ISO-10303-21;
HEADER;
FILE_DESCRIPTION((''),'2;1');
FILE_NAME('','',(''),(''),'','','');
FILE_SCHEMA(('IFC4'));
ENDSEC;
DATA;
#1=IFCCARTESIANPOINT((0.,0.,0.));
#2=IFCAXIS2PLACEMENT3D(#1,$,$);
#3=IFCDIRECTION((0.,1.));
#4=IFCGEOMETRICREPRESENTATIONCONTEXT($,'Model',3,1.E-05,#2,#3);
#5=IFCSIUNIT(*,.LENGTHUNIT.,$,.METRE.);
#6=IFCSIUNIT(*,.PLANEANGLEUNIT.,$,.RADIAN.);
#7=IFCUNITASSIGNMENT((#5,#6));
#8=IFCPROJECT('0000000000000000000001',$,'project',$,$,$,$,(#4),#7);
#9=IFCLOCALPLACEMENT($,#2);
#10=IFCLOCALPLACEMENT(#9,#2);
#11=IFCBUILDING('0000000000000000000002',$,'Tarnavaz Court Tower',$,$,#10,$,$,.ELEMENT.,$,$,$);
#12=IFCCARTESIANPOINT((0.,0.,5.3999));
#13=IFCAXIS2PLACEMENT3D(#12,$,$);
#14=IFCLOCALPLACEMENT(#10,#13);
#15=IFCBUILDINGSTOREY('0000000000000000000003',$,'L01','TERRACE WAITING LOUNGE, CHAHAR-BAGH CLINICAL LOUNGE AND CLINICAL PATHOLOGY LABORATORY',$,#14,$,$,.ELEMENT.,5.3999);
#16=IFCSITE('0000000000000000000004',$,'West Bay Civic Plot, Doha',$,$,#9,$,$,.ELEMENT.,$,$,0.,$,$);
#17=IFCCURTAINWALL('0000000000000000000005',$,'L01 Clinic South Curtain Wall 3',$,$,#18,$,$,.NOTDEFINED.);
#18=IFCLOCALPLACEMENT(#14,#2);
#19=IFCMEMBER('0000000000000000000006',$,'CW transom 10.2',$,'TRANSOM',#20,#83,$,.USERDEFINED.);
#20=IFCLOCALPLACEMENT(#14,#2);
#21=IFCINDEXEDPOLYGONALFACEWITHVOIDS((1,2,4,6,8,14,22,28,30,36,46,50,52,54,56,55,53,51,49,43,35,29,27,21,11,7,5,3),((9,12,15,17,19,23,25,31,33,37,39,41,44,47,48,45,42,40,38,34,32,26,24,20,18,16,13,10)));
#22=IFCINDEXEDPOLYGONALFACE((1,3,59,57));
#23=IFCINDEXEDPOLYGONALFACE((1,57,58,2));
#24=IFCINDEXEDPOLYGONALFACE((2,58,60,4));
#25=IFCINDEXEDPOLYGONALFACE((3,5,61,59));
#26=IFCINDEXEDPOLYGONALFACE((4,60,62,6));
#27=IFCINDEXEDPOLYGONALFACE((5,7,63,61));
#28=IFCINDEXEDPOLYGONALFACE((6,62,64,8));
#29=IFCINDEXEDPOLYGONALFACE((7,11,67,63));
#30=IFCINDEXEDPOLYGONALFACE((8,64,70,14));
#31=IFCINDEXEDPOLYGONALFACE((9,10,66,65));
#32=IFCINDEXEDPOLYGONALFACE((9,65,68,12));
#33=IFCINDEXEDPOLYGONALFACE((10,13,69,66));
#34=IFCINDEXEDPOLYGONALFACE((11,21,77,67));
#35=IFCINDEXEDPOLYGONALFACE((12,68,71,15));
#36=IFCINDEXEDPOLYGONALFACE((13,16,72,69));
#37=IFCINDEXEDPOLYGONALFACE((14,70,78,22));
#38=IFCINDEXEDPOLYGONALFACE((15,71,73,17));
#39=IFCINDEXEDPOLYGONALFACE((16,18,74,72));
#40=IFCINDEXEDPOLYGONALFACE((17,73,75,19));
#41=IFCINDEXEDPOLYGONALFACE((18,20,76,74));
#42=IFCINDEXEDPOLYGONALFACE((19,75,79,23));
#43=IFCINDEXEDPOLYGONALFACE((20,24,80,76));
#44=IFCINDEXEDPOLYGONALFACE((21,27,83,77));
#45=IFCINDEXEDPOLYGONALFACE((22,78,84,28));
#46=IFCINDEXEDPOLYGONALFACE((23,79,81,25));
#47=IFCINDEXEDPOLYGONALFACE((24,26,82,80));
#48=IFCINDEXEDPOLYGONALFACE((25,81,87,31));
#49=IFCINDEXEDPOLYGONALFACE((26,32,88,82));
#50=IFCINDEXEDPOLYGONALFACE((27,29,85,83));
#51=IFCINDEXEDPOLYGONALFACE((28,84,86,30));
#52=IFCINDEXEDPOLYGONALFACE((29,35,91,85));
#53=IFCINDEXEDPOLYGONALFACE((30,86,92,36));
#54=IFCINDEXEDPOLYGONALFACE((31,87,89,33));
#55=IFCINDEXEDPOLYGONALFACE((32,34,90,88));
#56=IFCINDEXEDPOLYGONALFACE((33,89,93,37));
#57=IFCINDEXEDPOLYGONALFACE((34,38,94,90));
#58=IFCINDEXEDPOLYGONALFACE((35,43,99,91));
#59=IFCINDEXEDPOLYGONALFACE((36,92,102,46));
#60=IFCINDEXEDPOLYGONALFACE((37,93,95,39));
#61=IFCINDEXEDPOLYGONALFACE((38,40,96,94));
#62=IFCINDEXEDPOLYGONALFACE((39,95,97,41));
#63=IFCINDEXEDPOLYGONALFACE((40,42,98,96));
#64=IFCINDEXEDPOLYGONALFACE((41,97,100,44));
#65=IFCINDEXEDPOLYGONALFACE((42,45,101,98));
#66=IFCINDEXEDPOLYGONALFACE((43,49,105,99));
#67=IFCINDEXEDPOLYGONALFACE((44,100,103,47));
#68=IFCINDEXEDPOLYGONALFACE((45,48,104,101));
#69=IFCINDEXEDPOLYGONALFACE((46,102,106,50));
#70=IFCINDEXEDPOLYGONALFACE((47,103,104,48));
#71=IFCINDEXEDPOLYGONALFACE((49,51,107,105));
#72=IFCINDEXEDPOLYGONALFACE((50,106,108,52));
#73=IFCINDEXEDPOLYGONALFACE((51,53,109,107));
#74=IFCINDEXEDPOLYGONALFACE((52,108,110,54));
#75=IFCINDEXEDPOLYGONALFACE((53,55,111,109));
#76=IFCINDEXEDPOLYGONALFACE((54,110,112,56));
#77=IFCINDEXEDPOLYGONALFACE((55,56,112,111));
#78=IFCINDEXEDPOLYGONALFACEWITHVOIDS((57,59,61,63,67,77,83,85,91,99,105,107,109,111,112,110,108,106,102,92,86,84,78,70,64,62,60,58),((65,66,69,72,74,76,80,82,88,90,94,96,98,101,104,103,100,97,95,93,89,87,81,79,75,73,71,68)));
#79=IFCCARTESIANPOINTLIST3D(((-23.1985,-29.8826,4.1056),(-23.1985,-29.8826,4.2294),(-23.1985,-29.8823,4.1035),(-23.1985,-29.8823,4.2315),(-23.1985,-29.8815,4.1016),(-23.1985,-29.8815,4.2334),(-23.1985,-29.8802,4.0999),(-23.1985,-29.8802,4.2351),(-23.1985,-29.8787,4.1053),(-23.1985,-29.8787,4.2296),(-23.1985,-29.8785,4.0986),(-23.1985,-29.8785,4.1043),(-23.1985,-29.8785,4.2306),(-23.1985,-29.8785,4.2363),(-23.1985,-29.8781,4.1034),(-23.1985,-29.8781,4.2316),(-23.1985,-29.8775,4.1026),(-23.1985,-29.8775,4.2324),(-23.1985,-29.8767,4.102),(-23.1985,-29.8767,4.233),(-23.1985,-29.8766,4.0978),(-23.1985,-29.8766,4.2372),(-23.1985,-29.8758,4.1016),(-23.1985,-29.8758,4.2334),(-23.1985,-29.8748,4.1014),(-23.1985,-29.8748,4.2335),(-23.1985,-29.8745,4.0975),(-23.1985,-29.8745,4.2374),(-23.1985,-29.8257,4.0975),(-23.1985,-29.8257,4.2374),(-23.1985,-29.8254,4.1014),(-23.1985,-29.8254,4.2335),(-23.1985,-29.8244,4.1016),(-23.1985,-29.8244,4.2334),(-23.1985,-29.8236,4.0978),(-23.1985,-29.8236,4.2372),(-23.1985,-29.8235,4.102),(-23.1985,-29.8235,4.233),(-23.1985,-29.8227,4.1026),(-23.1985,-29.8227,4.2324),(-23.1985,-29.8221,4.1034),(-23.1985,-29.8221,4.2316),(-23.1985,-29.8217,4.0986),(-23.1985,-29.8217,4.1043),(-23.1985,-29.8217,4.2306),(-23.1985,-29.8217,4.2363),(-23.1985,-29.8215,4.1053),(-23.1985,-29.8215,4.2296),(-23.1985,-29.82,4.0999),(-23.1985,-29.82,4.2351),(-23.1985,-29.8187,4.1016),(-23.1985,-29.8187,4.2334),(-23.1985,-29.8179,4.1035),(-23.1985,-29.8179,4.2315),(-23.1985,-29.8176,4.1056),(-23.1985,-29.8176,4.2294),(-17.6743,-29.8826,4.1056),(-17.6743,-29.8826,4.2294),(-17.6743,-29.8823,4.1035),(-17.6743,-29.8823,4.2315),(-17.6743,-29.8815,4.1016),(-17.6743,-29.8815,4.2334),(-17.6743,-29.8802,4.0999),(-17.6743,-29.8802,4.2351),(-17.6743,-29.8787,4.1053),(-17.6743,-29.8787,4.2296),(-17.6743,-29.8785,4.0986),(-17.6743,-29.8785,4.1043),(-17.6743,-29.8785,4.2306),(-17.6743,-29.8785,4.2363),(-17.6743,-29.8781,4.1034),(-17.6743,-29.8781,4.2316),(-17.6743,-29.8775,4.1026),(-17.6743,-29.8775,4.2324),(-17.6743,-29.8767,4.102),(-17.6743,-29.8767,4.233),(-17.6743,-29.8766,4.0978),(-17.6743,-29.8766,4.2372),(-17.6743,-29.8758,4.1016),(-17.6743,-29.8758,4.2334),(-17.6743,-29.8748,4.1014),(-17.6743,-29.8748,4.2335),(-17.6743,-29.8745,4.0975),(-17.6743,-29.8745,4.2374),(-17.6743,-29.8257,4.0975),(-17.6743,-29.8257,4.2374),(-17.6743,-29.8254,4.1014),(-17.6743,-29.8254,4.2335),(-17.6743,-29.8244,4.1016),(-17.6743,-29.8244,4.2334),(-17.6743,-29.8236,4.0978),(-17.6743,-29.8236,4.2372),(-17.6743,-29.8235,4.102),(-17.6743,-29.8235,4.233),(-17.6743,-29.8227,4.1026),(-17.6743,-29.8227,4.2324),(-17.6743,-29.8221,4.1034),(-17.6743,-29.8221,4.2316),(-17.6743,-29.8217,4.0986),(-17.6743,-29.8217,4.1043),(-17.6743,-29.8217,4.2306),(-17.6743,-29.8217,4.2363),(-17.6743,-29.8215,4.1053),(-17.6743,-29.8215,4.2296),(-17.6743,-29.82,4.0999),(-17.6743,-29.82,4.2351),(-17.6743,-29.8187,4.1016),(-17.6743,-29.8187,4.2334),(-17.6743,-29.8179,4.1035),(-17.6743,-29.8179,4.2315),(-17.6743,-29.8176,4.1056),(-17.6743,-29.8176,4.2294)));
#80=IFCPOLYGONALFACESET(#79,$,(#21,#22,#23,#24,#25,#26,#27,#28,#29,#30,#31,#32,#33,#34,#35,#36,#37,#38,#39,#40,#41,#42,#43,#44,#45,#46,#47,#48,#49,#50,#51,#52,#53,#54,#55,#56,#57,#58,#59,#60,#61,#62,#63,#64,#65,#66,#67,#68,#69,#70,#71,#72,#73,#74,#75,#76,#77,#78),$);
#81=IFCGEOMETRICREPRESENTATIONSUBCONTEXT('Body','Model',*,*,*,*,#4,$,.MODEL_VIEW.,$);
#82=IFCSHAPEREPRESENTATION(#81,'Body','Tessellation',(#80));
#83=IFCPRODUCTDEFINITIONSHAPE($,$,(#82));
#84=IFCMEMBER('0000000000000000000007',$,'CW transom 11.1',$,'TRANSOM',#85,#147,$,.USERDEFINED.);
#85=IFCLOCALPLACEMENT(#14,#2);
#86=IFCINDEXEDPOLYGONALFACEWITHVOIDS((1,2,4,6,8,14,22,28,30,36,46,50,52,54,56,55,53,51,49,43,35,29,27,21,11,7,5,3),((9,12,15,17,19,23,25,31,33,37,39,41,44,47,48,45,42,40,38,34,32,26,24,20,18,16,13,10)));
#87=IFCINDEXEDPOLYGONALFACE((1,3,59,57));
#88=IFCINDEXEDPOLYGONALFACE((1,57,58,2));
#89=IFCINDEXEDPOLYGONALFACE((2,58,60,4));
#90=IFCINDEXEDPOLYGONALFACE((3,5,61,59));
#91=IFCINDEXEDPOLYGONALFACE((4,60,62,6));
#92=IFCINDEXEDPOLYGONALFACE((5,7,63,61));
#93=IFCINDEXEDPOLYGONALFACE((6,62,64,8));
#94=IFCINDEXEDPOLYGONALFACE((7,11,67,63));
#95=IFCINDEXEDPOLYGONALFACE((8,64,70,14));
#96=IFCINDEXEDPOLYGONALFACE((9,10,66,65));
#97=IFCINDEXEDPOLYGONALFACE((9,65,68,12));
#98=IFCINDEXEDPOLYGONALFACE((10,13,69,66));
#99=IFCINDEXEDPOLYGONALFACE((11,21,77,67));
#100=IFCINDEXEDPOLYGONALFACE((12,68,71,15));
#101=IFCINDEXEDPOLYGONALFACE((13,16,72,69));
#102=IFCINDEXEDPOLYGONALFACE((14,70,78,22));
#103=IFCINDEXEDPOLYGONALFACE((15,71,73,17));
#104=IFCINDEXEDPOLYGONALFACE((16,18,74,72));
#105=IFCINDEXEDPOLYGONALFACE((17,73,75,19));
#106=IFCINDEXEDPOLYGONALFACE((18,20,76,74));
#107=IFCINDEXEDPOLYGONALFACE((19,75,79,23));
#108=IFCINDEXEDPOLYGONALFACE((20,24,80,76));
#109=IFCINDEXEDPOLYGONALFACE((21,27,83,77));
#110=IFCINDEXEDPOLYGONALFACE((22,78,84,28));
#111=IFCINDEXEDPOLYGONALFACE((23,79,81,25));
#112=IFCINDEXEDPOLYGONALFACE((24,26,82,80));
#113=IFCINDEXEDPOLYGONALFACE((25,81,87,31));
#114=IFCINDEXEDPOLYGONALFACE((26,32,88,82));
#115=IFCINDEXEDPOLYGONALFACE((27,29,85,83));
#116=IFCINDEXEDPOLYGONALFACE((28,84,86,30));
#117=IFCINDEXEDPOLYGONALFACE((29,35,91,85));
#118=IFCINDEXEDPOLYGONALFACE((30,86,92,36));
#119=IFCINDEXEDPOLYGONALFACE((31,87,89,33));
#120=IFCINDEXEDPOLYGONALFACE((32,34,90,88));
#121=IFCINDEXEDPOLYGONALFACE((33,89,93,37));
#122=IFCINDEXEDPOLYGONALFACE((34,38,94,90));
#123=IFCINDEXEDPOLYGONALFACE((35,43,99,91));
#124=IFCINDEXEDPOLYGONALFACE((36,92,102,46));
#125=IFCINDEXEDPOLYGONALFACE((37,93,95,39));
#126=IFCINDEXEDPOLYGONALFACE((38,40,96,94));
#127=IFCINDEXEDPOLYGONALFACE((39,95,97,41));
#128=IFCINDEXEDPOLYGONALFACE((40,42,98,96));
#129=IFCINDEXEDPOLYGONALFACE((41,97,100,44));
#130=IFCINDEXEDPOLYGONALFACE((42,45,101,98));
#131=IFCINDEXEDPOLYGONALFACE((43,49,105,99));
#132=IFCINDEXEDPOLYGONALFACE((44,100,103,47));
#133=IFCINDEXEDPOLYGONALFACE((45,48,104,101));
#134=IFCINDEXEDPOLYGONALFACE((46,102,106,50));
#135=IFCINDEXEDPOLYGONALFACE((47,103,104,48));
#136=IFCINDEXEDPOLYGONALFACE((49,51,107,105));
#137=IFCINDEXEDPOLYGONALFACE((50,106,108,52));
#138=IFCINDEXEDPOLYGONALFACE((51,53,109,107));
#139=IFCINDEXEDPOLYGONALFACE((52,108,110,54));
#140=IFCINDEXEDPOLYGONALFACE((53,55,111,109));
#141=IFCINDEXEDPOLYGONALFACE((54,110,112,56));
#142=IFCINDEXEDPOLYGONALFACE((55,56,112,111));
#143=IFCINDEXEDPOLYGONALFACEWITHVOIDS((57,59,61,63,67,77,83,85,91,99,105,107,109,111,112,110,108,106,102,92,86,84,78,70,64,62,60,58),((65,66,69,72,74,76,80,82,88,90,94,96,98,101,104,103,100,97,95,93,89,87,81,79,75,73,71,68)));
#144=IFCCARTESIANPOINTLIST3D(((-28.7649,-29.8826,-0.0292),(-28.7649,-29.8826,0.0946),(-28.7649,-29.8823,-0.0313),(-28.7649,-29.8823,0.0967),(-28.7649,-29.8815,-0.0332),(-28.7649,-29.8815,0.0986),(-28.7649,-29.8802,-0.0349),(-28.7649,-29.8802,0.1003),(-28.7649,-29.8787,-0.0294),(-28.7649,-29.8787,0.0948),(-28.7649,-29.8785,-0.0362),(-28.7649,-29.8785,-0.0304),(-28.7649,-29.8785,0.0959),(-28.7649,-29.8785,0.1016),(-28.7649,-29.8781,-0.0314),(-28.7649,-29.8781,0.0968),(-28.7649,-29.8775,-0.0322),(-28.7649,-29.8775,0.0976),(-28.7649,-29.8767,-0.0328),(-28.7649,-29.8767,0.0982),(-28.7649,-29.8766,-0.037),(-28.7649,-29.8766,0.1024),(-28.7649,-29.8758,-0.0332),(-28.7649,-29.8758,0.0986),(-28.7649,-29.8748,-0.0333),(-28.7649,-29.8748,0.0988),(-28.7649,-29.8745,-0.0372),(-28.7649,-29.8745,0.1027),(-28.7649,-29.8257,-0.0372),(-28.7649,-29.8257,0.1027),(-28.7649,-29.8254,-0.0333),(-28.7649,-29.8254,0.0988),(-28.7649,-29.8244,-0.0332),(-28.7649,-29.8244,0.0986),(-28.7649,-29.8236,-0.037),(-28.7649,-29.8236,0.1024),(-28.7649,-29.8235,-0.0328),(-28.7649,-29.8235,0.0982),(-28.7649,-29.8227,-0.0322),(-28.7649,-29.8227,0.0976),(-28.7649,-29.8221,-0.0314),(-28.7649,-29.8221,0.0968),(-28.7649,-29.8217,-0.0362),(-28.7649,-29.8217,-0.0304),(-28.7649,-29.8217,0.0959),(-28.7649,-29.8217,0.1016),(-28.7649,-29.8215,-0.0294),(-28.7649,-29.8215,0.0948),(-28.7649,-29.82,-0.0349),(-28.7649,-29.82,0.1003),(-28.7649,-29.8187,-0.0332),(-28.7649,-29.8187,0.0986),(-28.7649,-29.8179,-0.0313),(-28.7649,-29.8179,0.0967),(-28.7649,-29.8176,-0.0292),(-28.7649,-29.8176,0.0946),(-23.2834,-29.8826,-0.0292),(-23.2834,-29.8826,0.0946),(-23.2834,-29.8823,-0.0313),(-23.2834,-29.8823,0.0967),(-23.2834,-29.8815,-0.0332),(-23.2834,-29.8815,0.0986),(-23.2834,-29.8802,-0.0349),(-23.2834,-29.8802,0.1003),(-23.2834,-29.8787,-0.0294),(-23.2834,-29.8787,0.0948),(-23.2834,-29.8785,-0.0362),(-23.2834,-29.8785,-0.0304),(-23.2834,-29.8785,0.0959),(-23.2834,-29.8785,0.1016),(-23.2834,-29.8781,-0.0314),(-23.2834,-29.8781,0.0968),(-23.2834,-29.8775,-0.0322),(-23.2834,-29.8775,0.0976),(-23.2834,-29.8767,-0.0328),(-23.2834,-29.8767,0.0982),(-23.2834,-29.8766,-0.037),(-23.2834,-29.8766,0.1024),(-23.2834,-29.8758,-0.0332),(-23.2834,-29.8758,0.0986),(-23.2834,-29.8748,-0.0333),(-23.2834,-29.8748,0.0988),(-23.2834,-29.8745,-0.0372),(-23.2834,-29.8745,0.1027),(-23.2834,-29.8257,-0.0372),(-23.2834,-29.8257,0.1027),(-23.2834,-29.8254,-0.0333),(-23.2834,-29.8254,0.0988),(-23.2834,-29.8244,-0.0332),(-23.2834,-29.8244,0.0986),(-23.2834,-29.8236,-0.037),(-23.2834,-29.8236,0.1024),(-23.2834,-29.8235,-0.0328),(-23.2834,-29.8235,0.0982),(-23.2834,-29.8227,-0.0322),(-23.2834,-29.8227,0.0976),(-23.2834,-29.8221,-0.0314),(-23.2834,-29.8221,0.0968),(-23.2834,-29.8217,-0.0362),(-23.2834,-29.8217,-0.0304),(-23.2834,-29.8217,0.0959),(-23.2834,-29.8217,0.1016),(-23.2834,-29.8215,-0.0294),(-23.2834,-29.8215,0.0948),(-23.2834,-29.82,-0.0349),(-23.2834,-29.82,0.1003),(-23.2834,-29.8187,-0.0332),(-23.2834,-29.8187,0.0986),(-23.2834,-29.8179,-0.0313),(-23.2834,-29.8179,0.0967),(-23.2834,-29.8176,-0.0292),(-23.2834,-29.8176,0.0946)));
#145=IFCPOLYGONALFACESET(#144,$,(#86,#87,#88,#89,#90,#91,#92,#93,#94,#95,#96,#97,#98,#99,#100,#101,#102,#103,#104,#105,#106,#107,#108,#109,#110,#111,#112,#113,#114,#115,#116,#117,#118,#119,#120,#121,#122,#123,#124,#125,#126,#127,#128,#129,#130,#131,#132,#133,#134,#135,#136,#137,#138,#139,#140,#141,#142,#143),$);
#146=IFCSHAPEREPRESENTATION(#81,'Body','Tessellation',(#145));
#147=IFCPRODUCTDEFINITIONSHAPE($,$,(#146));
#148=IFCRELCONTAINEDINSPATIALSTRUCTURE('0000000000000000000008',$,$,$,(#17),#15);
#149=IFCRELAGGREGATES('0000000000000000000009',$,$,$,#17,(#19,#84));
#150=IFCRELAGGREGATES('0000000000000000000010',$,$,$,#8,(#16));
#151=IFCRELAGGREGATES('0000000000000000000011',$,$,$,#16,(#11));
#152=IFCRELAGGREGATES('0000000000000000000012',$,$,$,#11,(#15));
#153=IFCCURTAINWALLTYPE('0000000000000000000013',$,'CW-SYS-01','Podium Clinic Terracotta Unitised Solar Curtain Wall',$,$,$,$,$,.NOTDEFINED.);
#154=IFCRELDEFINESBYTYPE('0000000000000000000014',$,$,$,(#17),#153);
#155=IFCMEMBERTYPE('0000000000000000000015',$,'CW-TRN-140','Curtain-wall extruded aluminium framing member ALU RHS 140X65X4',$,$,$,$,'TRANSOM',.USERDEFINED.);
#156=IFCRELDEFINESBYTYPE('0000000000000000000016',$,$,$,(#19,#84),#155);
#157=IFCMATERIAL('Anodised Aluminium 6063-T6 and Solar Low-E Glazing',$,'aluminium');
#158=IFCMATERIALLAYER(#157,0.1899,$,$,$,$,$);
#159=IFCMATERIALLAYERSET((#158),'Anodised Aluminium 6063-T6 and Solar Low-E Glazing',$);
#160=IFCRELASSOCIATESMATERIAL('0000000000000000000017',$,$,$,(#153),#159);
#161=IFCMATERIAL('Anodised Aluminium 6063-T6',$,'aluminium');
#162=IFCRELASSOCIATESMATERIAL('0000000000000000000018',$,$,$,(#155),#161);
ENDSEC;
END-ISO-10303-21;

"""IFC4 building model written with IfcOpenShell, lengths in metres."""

from ifc_helpers import new_model, si_unit, direction, frame, origin, origin_2d, place, context, subcontext, project, spatial, hollow_rectangle, extrude, material, layer, layer_set, material_profile, profile_set, type_object, element, aggregate, save


model = new_model("IFC4")

# Units and contexts
model_context = context("Model", 3, precision=1e-05, world=origin(), true_north=direction((0.0, 1.0)))
body_context = subcontext(model_context, "Body", "Model", "MODEL_VIEW")
ifc_project = project(units=[si_unit("LENGTHUNIT", "METRE"), si_unit("PLANEANGLEUNIT", "RADIAN")], contexts=[model_context])

# Site, building, storey
site_placement = place(None, origin())
site = spatial("IfcSite", under=ifc_project, at=site_placement, Name="West Bay Civic Plot, Doha", CompositionType="ELEMENT", RefElevation=0.0)
building_placement = place(site_placement, origin())
building = spatial("IfcBuilding", under=site, at=building_placement, Name="Tarnavaz Court Tower", CompositionType="ELEMENT")
storey_placement = place(building_placement, frame((0.0, 0.0, 5.3999)))
storey = spatial("IfcBuildingStorey", under=building, at=storey_placement, Name="L01", Description="TERRACE WAITING LOUNGE, CHAHAR-BAGH CLINICAL LOUNGE AND CLINICAL PATHOLOGY LABORATORY", CompositionType="ELEMENT", Elevation=5.3999)

# Curtain wall, members
ifc_material_1 = material(Name="Anodised Aluminium 6063-T6 and Solar Low-E Glazing", Category="aluminium")
ifc_layer_1 = layer(ifc_material_1, 0.1899)
ifc_layer_set_1 = layer_set([ifc_layer_1], Name="Anodised Aluminium 6063-T6 and Solar Low-E Glazing")
curtain_wall_type = type_object("IfcCurtainWallType", Name="CW-SYS-01", Description="Podium Clinic Terracotta Unitised Solar Curtain Wall", PredefinedType="NOTDEFINED", material=ifc_layer_set_1)
curtain_wall_placement = place(storey_placement, origin())
curtain_wall = element("IfcCurtainWall", 1, at=curtain_wall_placement, inside=storey, type_object=curtain_wall_type, Name="L01 Clinic South Curtain Wall 3", PredefinedType="NOTDEFINED")
ifc_material_2 = material(Name="Anodised Aluminium 6063-T6", Category="aluminium")
ifc_material_profile_1 = material_profile(ifc_material_2, hollow_rectangle(XDim=0.0649, YDim=0.1399, WallThickness=0.0039, InnerFilletRadius=0.0039, OuterFilletRadius=0.0081, at=origin_2d()), Name="ALU RHS 140X65X4")
ifc_profile_set_1 = profile_set([ifc_material_profile_1], Name="Anodised Aluminium 6063-T6")
member_type_1 = type_object("IfcMemberType", Name="CW-TRN-140", Description="Curtain-wall extruded aluminium framing member ALU RHS 140X65X4", ElementType="TRANSOM", PredefinedType="USERDEFINED", material=ifc_profile_set_1)
member_1_placement = place(storey_placement, frame((-17.6743, -29.8501, 4.1675), z_axis=(-1.0, 0.0, 0.0), x_axis=(0.0, -1.0, 0.0)))
member_1 = element("IfcMember", 2, at=member_1_placement, type_object=member_type_1, Name="CW transom 10.2", ObjectType="TRANSOM", PredefinedType="USERDEFINED", context=body_context, shape_type="SweptSolid", body=[
    extrude(hollow_rectangle(XDim=0.0649, YDim=0.1399, WallThickness=0.0039, InnerFilletRadius=0.0039, OuterFilletRadius=0.0081, at=origin_2d()), origin(), (0.0, 0.0, 1.0), 5.5242),
])
member_2_placement = place(storey_placement, frame((-23.2834, -29.8501, 0.0327), z_axis=(-1.0, 0.0, 0.0), x_axis=(0.0, -1.0, 0.0)))
member_2 = element("IfcMember", 3, at=member_2_placement, type_object=member_type_1, Name="CW transom 11.1", ObjectType="TRANSOM", PredefinedType="USERDEFINED", context=body_context, shape_type="SweptSolid", body=[
    extrude(hollow_rectangle(XDim=0.0649, YDim=0.1399, WallThickness=0.0039, InnerFilletRadius=0.0039, OuterFilletRadius=0.0081, at=origin_2d()), origin(), (0.0, 0.0, 1.0), 5.4814),
])
aggregate(curtain_wall, [member_1, member_2])

save(model, "model.ifc")
